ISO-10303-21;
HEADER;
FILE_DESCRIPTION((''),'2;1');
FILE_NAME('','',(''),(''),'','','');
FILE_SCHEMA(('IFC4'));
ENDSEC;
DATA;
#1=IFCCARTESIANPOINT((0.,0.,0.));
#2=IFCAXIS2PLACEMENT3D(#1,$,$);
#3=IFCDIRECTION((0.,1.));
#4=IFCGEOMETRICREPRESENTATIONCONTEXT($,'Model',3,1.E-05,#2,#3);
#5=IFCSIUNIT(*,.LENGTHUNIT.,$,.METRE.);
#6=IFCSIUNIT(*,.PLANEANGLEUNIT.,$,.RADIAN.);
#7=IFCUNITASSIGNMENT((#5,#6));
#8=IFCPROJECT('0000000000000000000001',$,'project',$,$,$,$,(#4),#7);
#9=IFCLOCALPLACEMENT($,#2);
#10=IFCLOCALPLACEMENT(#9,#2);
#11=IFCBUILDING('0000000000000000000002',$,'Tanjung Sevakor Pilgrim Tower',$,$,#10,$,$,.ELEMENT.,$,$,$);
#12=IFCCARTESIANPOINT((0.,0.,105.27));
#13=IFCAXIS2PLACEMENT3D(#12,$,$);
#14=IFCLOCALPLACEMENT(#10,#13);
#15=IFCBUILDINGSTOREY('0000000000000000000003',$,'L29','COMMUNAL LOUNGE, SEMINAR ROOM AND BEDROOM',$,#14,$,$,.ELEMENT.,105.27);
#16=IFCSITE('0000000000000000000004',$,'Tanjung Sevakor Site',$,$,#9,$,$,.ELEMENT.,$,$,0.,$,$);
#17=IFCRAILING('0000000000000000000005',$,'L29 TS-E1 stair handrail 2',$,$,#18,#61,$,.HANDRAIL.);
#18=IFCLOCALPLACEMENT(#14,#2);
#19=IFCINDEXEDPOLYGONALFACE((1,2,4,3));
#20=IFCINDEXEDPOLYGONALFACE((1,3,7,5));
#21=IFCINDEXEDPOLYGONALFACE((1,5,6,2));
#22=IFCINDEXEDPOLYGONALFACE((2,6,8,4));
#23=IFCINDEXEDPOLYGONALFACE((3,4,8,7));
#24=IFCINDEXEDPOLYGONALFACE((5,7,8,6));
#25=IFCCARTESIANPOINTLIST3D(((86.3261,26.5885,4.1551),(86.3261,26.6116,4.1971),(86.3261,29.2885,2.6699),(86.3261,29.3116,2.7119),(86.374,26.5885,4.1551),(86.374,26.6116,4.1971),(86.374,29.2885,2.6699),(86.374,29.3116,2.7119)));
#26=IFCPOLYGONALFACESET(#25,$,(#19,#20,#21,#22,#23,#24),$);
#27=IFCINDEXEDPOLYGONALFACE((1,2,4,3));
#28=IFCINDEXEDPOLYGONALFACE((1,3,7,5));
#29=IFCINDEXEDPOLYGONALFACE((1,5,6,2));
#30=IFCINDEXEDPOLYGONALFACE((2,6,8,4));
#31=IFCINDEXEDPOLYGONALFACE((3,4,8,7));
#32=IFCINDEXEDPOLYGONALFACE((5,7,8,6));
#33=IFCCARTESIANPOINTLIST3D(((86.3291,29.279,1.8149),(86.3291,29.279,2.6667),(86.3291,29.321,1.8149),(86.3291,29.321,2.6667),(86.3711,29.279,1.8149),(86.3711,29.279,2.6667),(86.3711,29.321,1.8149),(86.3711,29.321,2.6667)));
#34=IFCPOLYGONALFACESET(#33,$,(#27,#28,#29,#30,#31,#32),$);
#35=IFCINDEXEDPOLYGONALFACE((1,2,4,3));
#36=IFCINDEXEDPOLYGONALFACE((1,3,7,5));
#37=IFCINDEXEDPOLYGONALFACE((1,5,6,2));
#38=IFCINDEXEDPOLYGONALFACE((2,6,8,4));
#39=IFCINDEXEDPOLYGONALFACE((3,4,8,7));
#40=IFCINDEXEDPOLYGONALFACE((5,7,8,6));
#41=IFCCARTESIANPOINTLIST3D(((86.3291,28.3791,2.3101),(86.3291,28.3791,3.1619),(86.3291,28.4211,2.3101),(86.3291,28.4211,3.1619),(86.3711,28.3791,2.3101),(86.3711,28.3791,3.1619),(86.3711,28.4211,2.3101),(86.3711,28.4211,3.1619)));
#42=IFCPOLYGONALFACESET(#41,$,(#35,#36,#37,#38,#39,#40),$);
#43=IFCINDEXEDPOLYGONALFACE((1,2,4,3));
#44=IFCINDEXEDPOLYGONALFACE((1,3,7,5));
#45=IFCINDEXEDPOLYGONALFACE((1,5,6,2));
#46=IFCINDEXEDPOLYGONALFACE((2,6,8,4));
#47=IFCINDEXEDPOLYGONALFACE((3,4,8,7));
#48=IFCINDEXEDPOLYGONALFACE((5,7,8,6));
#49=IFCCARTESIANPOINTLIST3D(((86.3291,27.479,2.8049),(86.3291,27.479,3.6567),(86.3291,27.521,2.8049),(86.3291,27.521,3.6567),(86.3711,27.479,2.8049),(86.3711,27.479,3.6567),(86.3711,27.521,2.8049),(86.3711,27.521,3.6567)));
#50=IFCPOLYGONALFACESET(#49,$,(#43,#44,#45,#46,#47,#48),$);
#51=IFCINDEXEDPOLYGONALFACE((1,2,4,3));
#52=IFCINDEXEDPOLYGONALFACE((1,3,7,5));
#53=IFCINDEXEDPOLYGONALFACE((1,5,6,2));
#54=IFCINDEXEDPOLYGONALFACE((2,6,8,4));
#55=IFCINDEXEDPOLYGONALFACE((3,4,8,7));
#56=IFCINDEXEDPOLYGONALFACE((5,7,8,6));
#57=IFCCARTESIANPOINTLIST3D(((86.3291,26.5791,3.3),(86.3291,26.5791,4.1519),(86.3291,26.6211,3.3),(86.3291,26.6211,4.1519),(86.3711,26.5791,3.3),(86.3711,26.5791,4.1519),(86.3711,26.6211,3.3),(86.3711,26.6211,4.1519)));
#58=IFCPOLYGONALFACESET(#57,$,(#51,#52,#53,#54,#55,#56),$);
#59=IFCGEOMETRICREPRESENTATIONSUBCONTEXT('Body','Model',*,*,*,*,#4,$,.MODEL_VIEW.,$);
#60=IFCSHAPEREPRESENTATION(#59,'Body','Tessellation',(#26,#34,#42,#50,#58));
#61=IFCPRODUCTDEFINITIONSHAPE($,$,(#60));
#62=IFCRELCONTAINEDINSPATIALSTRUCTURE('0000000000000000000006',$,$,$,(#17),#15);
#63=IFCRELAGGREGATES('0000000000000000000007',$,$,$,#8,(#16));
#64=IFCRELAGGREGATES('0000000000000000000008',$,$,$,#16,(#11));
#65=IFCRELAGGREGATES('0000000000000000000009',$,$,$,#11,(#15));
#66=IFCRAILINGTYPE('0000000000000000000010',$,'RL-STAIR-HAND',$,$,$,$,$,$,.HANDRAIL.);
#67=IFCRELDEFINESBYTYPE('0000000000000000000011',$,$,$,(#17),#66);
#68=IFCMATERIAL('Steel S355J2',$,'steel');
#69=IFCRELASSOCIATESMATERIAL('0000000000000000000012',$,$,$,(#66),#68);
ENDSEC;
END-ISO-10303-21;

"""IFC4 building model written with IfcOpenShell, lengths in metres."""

from ifc_helpers import new_model, si_unit, direction, frame, origin, place, context, subcontext, project, spatial, rectangle, extrude, material, type_object, element, save


model = new_model("IFC4")

# Units and contexts
model_context = context("Model", 3, precision=1e-05, world=origin(), true_north=direction((0.0, 1.0)))
body_context = subcontext(model_context, "Body", "Model", "MODEL_VIEW")
ifc_project = project(units=[si_unit("LENGTHUNIT", "METRE"), si_unit("PLANEANGLEUNIT", "RADIAN")], contexts=[model_context])

# Site, building, storey
site_placement = place(None, origin())
site = spatial("IfcSite", under=ifc_project, at=site_placement, Name="Tanjung Sevakor Site", CompositionType="ELEMENT", RefElevation=0.0)
building_placement = place(site_placement, origin())
building = spatial("IfcBuilding", under=site, at=building_placement, Name="Tanjung Sevakor Pilgrim Tower", CompositionType="ELEMENT")
storey_placement = place(building_placement, frame((0.0, 0.0, 105.27)))
storey = spatial("IfcBuildingStorey", under=building, at=storey_placement, Name="L29", Description="COMMUNAL LOUNGE, SEMINAR ROOM AND BEDROOM", CompositionType="ELEMENT", Elevation=105.27)

# Railing
ifc_material_1 = material(Name="Steel S355J2", Category="steel")
railing_type_1 = type_object("IfcRailingType", Name="RL-STAIR-HAND", PredefinedType="HANDRAIL", material=ifc_material_1)
railing_1_placement = place(storey_placement, frame((86.3501, 29.3, 1.8149)))
element("IfcRailing", 1, at=railing_1_placement, inside=storey, type_object=railing_type_1, Name="L29 TS-E1 stair handrail 2", PredefinedType="HANDRAIL", context=body_context, shape_type="SweptSolid", body=[
    extrude(rectangle(XDim=0.0479, YDim=0.0479), frame((0.0, 0.0, 0.876), z_axis=(0.0, -0.876198, 0.481952), x_axis=(1.0, 0.0, 0.0)), (0.0, 0.0, 1.0), 3.0815),
    extrude(rectangle(XDim=0.042, YDim=0.042), origin(), (0.0, 0.0, 1.0), 0.8518),
    extrude(rectangle(XDim=0.042, YDim=0.042), frame((0.0, -0.8999, 0.4951)), (0.0, 0.0, 1.0), 0.8518),
    extrude(rectangle(XDim=0.042, YDim=0.042), frame((0.0, -1.8, 0.99)), (0.0, 0.0, 1.0), 0.8518),
    extrude(rectangle(XDim=0.042, YDim=0.042), frame((0.0, -2.7, 1.4851)), (0.0, 0.0, 1.0), 0.8518),
])

save(model, "model.ifc")
